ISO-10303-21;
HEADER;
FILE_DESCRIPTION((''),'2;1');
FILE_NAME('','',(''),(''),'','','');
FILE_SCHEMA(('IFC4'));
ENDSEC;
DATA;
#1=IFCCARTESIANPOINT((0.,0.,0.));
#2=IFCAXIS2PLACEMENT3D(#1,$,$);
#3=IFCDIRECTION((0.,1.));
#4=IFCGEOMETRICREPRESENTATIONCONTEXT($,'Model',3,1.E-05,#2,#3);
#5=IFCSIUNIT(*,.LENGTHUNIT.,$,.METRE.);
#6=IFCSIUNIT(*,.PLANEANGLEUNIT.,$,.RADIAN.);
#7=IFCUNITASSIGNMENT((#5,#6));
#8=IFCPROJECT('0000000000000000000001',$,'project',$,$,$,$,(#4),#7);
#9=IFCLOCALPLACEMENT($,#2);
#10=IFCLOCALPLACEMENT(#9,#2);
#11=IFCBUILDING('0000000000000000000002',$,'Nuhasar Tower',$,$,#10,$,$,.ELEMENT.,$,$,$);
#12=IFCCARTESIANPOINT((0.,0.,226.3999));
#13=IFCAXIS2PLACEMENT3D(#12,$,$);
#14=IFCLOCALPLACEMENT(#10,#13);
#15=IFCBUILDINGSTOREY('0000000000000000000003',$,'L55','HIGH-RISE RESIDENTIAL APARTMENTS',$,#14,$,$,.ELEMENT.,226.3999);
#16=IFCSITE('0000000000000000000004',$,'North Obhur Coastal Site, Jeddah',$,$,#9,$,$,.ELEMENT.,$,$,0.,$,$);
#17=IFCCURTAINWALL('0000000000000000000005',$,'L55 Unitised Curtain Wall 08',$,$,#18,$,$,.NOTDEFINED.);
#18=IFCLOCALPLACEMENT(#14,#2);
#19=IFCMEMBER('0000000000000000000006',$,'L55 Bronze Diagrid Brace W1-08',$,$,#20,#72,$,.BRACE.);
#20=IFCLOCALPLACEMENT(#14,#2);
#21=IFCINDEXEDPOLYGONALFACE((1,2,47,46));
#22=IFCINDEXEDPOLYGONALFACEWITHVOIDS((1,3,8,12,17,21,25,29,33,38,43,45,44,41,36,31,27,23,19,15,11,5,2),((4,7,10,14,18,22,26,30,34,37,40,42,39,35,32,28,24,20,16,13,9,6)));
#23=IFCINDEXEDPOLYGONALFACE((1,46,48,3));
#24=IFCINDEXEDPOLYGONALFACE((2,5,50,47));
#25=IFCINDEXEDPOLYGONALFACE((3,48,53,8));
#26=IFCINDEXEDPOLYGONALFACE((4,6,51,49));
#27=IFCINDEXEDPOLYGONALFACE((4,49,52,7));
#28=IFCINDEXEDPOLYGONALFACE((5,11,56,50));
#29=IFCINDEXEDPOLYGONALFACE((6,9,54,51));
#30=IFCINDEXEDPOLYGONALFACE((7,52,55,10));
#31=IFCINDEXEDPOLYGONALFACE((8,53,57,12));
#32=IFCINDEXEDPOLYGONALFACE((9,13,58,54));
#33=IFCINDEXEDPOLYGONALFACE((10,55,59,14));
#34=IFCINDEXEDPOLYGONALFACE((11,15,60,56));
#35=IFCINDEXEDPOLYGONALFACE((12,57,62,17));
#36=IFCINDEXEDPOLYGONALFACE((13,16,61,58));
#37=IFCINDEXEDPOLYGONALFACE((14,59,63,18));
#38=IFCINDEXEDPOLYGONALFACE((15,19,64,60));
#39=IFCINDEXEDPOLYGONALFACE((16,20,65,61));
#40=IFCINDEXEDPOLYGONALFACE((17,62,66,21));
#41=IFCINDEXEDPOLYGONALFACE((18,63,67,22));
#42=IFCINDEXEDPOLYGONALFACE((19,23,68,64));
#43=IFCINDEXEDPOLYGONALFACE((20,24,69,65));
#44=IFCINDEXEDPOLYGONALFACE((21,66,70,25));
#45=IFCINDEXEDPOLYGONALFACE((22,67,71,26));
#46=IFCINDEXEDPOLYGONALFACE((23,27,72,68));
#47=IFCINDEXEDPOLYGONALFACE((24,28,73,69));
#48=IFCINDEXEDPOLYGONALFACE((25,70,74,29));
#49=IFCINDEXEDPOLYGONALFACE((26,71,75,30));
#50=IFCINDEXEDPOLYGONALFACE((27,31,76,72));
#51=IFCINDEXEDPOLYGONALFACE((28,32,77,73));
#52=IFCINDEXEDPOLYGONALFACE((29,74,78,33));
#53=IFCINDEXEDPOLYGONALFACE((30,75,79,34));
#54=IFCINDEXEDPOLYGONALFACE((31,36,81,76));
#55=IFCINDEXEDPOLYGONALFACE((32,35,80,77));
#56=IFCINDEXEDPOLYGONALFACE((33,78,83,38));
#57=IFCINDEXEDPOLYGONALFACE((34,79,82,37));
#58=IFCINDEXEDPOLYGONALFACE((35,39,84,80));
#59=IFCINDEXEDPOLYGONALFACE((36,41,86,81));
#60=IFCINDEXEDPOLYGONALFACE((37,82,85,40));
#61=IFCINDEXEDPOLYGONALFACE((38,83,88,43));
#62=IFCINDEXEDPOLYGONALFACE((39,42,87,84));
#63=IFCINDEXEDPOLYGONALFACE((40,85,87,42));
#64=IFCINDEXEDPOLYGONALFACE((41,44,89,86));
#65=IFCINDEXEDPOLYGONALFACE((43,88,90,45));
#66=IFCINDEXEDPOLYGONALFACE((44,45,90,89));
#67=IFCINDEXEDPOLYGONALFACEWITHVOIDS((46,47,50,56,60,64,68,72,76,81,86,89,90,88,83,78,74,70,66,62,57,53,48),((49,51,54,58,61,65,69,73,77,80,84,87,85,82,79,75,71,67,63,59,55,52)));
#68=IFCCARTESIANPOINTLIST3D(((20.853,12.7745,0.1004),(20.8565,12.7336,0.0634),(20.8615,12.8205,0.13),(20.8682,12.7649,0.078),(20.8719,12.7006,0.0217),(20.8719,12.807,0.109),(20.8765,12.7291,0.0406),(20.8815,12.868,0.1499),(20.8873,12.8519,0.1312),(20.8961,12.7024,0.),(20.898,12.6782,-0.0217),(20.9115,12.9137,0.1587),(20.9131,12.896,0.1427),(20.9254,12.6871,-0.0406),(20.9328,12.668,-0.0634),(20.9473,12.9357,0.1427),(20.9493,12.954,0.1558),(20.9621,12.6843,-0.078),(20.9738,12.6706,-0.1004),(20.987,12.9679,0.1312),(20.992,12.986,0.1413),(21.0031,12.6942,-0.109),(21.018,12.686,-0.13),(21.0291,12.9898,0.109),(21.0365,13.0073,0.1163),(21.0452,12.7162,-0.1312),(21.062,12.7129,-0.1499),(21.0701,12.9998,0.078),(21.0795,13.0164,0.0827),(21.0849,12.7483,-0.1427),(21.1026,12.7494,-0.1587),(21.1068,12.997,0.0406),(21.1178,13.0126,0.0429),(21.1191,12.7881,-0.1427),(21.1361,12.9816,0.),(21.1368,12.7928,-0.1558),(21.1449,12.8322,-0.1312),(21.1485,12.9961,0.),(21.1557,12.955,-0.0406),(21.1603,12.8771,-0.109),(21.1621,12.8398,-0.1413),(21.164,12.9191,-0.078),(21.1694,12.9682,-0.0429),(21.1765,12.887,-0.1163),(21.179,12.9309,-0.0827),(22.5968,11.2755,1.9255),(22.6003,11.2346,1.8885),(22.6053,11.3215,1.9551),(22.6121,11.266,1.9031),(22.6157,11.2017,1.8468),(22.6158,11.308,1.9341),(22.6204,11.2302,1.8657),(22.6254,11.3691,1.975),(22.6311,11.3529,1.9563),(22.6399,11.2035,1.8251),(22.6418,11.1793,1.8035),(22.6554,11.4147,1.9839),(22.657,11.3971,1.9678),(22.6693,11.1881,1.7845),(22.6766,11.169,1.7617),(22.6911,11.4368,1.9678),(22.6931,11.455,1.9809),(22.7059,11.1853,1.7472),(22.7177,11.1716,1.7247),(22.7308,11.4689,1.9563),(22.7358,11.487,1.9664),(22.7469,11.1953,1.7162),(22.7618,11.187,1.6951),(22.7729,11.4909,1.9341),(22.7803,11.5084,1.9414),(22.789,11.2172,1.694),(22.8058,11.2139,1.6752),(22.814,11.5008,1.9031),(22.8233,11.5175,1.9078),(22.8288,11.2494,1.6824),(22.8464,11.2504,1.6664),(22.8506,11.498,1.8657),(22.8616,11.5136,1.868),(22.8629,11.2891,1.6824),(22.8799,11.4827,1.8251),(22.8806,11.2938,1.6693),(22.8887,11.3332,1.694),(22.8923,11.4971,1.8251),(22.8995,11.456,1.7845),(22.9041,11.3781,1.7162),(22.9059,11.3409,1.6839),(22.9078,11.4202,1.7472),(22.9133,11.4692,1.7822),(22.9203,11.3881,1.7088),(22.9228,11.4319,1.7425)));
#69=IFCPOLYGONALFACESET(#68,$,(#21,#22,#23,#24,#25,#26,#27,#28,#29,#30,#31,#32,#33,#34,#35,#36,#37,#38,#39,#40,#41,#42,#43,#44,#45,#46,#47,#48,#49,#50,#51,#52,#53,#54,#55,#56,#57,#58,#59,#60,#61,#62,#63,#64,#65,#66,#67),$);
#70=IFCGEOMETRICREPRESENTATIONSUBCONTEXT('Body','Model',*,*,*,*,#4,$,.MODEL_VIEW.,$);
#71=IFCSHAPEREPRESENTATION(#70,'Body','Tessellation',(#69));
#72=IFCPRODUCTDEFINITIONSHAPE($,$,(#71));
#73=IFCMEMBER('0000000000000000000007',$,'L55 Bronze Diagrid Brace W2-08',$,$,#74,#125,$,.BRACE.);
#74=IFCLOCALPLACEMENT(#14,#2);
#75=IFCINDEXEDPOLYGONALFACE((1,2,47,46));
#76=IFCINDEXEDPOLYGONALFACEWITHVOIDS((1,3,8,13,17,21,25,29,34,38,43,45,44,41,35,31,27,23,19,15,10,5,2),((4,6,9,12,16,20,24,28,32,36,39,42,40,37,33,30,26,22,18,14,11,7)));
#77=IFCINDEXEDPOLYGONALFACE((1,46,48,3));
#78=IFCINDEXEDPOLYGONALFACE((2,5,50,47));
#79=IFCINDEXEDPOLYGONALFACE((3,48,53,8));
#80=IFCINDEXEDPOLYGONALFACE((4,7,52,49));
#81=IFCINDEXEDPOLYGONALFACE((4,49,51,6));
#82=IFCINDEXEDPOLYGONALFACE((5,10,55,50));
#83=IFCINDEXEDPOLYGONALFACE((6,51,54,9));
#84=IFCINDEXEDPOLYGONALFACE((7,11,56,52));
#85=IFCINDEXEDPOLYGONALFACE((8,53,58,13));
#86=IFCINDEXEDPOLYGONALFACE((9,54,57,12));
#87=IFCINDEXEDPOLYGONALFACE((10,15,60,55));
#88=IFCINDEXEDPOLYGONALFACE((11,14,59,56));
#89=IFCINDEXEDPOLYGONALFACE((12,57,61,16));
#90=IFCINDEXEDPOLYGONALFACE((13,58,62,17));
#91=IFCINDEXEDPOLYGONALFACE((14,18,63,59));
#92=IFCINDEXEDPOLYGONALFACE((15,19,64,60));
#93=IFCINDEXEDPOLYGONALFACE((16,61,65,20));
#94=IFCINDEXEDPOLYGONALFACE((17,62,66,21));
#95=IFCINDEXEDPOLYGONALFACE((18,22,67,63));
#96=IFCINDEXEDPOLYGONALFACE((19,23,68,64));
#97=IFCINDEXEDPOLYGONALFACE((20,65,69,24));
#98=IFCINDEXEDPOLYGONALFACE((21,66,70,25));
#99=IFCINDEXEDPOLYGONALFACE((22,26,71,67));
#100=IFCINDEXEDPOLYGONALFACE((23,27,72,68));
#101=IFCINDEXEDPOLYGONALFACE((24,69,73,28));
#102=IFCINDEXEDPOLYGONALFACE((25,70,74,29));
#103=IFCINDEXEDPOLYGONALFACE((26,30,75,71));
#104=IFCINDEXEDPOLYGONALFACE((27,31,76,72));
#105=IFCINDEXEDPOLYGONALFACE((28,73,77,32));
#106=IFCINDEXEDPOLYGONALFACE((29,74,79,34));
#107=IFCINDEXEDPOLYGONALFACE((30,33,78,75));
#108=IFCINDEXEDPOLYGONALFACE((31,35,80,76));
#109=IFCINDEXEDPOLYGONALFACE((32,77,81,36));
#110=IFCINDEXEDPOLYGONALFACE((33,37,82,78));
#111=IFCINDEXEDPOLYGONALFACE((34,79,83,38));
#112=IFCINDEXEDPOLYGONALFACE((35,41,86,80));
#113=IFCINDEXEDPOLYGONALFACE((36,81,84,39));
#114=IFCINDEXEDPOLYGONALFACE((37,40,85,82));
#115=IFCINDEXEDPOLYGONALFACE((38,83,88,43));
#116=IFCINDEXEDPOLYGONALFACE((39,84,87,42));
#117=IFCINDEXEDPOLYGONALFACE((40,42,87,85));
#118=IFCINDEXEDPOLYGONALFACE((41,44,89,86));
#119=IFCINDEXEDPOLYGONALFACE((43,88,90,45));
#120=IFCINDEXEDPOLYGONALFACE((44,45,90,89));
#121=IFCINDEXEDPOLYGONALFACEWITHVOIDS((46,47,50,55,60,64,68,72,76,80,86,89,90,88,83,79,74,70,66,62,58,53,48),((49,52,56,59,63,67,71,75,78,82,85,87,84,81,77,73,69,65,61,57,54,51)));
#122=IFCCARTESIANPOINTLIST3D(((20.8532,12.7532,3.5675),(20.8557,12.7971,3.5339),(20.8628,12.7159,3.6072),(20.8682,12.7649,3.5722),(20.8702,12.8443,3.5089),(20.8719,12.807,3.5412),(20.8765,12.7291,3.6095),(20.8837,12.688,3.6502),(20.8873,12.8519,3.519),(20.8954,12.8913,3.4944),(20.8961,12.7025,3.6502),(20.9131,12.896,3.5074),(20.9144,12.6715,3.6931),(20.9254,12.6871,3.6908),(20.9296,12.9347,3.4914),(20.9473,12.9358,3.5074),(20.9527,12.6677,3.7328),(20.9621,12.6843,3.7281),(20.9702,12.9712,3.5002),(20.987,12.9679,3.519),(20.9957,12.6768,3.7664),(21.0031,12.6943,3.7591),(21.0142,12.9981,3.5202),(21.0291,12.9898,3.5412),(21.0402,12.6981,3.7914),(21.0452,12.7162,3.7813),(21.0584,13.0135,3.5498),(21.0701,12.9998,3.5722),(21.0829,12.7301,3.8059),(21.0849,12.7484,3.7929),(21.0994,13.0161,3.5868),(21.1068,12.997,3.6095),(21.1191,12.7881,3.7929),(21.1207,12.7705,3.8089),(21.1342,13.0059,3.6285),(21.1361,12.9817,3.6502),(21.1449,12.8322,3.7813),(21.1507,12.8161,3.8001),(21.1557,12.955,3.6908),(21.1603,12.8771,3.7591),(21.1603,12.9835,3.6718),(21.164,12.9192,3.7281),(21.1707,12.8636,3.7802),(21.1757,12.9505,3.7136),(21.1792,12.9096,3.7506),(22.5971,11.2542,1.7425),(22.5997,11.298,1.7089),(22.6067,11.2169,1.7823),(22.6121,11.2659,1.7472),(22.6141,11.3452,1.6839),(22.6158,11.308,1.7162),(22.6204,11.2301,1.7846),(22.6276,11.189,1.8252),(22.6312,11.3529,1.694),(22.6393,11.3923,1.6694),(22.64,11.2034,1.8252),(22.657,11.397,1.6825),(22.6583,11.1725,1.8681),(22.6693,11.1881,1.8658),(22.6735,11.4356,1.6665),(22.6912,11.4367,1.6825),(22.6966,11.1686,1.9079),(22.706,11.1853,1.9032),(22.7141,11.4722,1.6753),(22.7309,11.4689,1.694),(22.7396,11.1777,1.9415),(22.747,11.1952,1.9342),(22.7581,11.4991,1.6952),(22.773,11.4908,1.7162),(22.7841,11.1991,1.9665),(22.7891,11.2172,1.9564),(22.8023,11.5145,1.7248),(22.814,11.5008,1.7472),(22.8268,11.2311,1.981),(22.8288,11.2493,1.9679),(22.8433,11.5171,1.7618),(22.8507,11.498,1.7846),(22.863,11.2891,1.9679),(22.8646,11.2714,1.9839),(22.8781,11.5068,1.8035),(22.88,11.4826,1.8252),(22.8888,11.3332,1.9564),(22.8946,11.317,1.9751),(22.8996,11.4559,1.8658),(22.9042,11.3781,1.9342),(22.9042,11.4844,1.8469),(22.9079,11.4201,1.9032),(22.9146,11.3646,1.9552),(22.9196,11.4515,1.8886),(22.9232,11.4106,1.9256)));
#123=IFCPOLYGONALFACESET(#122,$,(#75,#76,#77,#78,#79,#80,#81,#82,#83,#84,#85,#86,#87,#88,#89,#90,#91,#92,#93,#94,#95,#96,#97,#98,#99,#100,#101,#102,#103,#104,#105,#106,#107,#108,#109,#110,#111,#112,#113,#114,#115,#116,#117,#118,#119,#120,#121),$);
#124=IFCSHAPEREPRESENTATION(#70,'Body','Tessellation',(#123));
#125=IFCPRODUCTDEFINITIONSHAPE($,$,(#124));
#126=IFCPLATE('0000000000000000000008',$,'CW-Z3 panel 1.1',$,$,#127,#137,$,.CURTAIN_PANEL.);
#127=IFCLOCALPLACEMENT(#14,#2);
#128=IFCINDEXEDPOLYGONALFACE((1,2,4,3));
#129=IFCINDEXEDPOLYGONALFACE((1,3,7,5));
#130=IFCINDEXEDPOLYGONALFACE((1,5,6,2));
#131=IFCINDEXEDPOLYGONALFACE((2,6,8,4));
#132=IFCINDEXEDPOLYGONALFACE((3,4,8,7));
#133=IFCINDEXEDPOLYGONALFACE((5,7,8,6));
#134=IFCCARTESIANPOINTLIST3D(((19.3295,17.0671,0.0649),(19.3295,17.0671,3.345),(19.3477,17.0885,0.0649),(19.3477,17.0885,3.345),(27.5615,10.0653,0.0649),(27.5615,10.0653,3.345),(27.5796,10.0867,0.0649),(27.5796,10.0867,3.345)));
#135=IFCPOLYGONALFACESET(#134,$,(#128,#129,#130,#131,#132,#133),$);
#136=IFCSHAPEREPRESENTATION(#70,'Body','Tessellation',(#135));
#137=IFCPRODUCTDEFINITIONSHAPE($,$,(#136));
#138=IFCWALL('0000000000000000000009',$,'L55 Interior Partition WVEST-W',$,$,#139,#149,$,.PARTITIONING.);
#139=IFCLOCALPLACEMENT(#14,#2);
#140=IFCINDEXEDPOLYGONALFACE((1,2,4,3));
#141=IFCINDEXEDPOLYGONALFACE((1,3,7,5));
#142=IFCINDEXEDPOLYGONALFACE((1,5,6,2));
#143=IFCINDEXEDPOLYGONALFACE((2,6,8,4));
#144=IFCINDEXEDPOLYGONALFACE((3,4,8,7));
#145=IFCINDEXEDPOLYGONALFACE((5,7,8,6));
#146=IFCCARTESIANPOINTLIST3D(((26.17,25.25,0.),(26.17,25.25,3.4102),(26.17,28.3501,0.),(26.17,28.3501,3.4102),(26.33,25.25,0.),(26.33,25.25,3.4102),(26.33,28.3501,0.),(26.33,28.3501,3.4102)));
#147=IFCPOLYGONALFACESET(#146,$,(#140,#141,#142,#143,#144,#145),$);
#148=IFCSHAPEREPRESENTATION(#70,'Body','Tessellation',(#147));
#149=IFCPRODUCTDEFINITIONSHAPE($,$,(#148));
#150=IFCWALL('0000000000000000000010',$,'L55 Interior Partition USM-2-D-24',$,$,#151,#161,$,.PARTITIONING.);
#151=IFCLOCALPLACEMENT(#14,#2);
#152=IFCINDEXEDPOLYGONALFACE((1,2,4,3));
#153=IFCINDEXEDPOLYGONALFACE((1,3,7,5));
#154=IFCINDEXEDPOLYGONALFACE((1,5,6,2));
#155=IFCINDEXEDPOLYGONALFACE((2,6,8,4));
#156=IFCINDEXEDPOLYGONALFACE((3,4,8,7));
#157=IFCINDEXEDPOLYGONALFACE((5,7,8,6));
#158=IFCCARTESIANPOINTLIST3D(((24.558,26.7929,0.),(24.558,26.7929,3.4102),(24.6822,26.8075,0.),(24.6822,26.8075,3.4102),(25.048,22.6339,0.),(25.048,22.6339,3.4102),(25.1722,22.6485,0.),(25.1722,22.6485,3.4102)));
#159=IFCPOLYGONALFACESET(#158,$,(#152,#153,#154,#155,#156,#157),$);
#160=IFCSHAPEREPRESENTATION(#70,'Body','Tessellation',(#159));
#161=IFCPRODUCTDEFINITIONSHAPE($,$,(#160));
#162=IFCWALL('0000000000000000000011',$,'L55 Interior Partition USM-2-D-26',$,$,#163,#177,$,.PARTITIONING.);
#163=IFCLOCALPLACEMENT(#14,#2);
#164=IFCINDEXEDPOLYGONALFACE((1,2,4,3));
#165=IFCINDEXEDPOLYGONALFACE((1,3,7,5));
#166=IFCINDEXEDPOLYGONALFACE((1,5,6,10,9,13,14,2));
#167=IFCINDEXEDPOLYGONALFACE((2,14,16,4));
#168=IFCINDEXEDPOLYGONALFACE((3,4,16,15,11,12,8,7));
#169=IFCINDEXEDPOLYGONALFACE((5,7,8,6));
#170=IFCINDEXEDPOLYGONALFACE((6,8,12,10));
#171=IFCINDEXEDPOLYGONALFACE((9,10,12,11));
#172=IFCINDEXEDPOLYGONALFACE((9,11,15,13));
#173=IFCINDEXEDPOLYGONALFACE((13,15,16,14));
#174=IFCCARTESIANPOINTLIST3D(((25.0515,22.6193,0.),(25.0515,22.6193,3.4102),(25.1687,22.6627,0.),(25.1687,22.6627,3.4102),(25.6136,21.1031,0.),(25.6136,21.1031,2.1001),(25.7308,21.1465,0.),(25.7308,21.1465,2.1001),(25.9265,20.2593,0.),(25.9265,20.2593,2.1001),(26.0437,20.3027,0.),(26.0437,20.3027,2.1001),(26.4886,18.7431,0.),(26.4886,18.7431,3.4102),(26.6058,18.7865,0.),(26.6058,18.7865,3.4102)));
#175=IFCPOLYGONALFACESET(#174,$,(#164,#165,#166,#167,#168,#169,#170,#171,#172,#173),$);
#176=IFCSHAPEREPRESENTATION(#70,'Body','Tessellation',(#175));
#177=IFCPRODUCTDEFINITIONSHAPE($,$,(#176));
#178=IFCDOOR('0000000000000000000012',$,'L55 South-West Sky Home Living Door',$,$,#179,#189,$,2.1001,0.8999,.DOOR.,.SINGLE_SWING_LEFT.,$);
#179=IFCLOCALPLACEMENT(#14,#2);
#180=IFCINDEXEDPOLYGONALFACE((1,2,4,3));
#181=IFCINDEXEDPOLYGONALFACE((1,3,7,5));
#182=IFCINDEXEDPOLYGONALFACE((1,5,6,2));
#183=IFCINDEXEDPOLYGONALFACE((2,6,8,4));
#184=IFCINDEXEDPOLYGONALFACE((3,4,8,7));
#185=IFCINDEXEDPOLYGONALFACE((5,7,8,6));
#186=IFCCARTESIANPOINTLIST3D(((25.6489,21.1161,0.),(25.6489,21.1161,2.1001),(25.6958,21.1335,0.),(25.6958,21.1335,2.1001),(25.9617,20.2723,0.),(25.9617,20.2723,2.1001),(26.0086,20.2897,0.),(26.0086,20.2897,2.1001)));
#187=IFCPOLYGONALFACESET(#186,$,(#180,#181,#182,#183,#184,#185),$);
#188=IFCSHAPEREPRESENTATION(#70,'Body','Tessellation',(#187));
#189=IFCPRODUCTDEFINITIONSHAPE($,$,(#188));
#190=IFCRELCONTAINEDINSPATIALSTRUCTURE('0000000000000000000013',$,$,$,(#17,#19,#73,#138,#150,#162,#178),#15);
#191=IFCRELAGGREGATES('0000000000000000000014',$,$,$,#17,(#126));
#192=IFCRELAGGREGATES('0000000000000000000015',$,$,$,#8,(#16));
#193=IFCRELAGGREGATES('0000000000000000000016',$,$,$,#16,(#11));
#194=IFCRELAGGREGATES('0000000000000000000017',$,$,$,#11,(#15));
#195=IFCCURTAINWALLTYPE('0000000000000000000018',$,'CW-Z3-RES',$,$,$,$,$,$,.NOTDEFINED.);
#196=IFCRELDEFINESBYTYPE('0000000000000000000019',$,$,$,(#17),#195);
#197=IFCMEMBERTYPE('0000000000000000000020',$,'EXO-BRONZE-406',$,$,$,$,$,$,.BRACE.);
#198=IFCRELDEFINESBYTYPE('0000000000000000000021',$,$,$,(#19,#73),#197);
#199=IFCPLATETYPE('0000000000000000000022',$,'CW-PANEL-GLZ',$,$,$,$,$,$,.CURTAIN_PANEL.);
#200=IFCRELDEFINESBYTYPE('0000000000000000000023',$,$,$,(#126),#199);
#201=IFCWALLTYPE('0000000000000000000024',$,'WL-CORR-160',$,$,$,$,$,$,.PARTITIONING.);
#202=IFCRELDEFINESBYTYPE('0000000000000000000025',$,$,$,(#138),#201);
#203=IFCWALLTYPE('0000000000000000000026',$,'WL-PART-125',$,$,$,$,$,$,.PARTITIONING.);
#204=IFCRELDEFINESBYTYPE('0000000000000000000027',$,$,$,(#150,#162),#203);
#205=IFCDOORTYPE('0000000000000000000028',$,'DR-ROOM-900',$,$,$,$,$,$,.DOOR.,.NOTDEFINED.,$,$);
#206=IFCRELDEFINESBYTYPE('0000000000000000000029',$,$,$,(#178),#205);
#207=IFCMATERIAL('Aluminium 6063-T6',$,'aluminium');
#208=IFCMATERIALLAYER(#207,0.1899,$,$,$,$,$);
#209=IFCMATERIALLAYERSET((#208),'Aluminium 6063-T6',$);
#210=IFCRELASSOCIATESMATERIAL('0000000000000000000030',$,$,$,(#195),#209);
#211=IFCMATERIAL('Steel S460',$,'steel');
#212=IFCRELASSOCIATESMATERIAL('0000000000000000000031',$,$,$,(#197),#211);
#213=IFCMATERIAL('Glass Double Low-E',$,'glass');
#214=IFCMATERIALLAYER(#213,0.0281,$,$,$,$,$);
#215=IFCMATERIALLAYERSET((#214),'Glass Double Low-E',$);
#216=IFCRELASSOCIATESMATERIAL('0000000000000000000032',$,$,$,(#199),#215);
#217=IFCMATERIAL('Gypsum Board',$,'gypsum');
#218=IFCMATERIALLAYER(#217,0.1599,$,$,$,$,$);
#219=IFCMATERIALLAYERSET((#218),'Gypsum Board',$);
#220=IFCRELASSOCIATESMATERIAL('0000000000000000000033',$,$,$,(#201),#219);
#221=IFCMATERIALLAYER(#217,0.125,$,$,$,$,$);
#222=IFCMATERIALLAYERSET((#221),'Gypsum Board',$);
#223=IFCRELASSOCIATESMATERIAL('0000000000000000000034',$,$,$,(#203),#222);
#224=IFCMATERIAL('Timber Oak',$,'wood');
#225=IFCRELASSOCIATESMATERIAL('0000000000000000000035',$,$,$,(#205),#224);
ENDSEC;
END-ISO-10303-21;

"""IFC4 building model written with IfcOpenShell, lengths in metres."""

from ifc_helpers import new_model, si_unit, direction, frame, frame_2d, origin, origin_2d, place, context, subcontext, project, spatial, rectangle, hollow_circle, extrude, material, layer, layer_set, material_profile, profile_set, type_object, element, fill, aggregate, save


model = new_model("IFC4")

# Units and contexts
model_context = context("Model", 3, precision=1e-05, world=origin(), true_north=direction((0.0, 1.0)))
body_context = subcontext(model_context, "Body", "Model", "MODEL_VIEW")
ifc_project = project(units=[si_unit("LENGTHUNIT", "METRE"), si_unit("PLANEANGLEUNIT", "RADIAN")], contexts=[model_context])

# Site, building, storey
site_placement = place(None, origin())
site = spatial("IfcSite", under=ifc_project, at=site_placement, Name="North Obhur Coastal Site, Jeddah", CompositionType="ELEMENT", RefElevation=0.0)
building_placement = place(site_placement, origin())
building = spatial("IfcBuilding", under=site, at=building_placement, Name="Nuhasar Tower", CompositionType="ELEMENT")
storey_placement = place(building_placement, frame((0.0, 0.0, 226.3999)))
storey = spatial("IfcBuildingStorey", under=building, at=storey_placement, Name="L55", Description="HIGH-RISE RESIDENTIAL APARTMENTS", CompositionType="ELEMENT", Elevation=226.3999)

# Curtain wall
ifc_material_1 = material(Name="Aluminium 6063-T6", Category="aluminium")
ifc_layer_1 = layer(ifc_material_1, 0.1899)
ifc_layer_set_1 = layer_set([ifc_layer_1], Name="Aluminium 6063-T6")
curtain_wall_type = type_object("IfcCurtainWallType", Name="CW-Z3-RES", PredefinedType="NOTDEFINED", material=ifc_layer_set_1)
curtain_wall_1_placement = place(storey_placement, origin())
curtain_wall_1 = element("IfcCurtainWall", 1, at=curtain_wall_1_placement, inside=storey, type_object=curtain_wall_type, Name="L55 Unitised Curtain Wall 08", PredefinedType="NOTDEFINED")

# Members
ifc_material_2 = material(Name="Steel S460", Category="steel")
ifc_material_profile_1 = material_profile(ifc_material_2, hollow_circle(Radius=0.2031, WallThickness=0.019, at=origin_2d()), Name="HSS406.4X19.1")
ifc_profile_set_1 = profile_set([ifc_material_profile_1], Name="Steel S460")
member_type_1 = type_object("IfcMemberType", Name="EXO-BRONZE-406", PredefinedType="BRACE", material=ifc_profile_set_1)
for number, where, z_axis, x_axis, name in (
    (2, (21.0161, 12.842, 0.0), (0.593988, -0.510582, 0.621679), (0.651857, 0.758342, 0.0), "L55 Bronze Diagrid Brace W1-08"),
    (3, (22.76, 11.343, 1.8252), (-0.594019, 0.510608, 0.621628), (-0.651857, -0.758342, 0.0), "L55 Bronze Diagrid Brace W2-08"),
):
    element("IfcMember", number, at=place(storey_placement, frame(where, z_axis=z_axis, x_axis=x_axis)), inside=storey, type_object=member_type_1, Name=name, PredefinedType="BRACE", context=body_context, shape_type="SweptSolid", body=[
        extrude(hollow_circle(Radius=0.2031, WallThickness=0.019, at=origin_2d()), origin(), (0.0, 0.0, 1.0), 2.9358),
    ])

# Plate
ifc_material_3 = material(Name="Glass Double Low-E", Category="glass")
ifc_layer_2 = layer(ifc_material_3, 0.0281)
ifc_layer_set_2 = layer_set([ifc_layer_2], Name="Glass Double Low-E")
plate_type = type_object("IfcPlateType", Name="CW-PANEL-GLZ", PredefinedType="CURTAIN_PANEL", material=ifc_layer_set_2)
plate_placement = place(storey_placement, frame((23.4546, 13.5769, 0.0649), z_axis=(0.0, 0.0, 1.0), x_axis=(0.761729, -0.647895, 0.0)))
plate = element("IfcPlate", 4, at=plate_placement, type_object=plate_type, Name="CW-Z3 panel 1.1", PredefinedType="CURTAIN_PANEL", context=body_context, shape_type="SweptSolid", body=[
    extrude(rectangle(XDim=10.8069, YDim=0.0281, at=origin_2d()), origin(), (0.0, 0.0, 1.0), 3.28),
])
aggregate(curtain_wall_1, [plate])

# Shared definitions
ifc_material_4 = material(Name="Gypsum Board", Category="gypsum")
ifc_layer_3 = layer(ifc_material_4, 0.1599)
ifc_layer_set_3 = layer_set([ifc_layer_3], Name="Gypsum Board")
wall_type_1 = type_object("IfcWallType", Name="WL-CORR-160", PredefinedType="PARTITIONING", material=ifc_layer_set_3)
ifc_material_5 = material(Name="Timber Oak", Category="wood")

# Walls
wall_1_placement = place(storey_placement, frame((26.25, 25.25, 0.0), z_axis=(0.0, 0.0, 1.0), x_axis=(0.0, 1.0, 0.0)))
element("IfcWall", 5, at=wall_1_placement, inside=storey, type_object=wall_type_1, Name="L55 Interior Partition WVEST-W", PredefinedType="PARTITIONING", context=body_context, shape_type="SweptSolid", body=[
    extrude(rectangle(XDim=3.1001, YDim=0.1599, at=frame_2d((1.55, 0.0))), origin(), (0.0, 0.0, 1.0), 3.4102),
])
ifc_layer_4 = layer(ifc_material_4, 0.125)
ifc_layer_set_4 = layer_set([ifc_layer_4], Name="Gypsum Board")
wall_type_2 = type_object("IfcWallType", Name="WL-PART-125", PredefinedType="PARTITIONING", material=ifc_layer_set_4)
wall_2_placement = place(storey_placement, frame((24.6201, 26.8, 0.0), z_axis=(0.0, 0.0, 1.0), x_axis=(0.117007, -0.993131, 0.0)))
element("IfcWall", 6, at=wall_2_placement, inside=storey, type_object=wall_type_2, Name="L55 Interior Partition USM-2-D-24", PredefinedType="PARTITIONING", context=body_context, shape_type="SweptSolid", body=[
    extrude(rectangle(XDim=4.1877, YDim=0.125, at=frame_2d((2.0938, 0.0))), origin(), (0.0, 0.0, 1.0), 3.4102),
])

# Wall, opening, door
wall_3_placement = place(storey_placement, frame((26.5471, 18.7649, 0.0), z_axis=(0.0, 0.0, 1.0), x_axis=(-0.347607, 0.93764, 0.0)))
wall_3 = element("IfcWall", 7, at=wall_3_placement, inside=storey, type_object=wall_type_2, Name="L55 Interior Partition USM-2-D-26", PredefinedType="PARTITIONING", context=body_context, shape_type="SweptSolid", body=[
    extrude(rectangle(XDim=4.134, YDim=0.125, at=frame_2d((2.0669, 0.0))), origin(), (0.0, 0.0, 1.0), 3.4102),
])
opening_1_placement = place(wall_3_placement, frame((1.6169, 0.0, 0.0)))
opening_1 = element("IfcOpeningElement", 8, at=opening_1_placement, cuts=wall_3, PredefinedType="OPENING", context=body_context, shape_type="SweptSolid", body=[
    extrude(rectangle(XDim=0.8999, YDim=2.1001, at=frame_2d((0.45, 1.05))), frame((0.0, 0.0725, 0.0), z_axis=(0.0, -1.0, 0.0), x_axis=(1.0, 0.0, 0.0)), (0.0, 0.0, 1.0), 0.145),
])
door_type_1 = type_object("IfcDoorType", Name="DR-ROOM-900", OperationType="NOTDEFINED", PredefinedType="DOOR", material=ifc_material_5)
door_1_placement = place(opening_1_placement, origin())
door_1 = element("IfcDoor", 9, at=door_1_placement, inside=storey, type_object=door_type_1, Name="L55 South-West Sky Home Living Door", OperationType="SINGLE_SWING_LEFT", OverallHeight=2.1001, OverallWidth=0.8999, PredefinedType="DOOR", context=body_context, shape_type="SweptSolid", body=[
    extrude(rectangle(XDim=0.8999, YDim=2.1001, at=frame_2d((0.45, 1.05))), frame((0.0, 0.0249, 0.0), z_axis=(0.0, -1.0, 0.0), x_axis=(1.0, 0.0, 0.0)), (0.0, 0.0, 1.0), 0.05),
])
fill(opening_1, door_1)

save(model, "model.ifc")
